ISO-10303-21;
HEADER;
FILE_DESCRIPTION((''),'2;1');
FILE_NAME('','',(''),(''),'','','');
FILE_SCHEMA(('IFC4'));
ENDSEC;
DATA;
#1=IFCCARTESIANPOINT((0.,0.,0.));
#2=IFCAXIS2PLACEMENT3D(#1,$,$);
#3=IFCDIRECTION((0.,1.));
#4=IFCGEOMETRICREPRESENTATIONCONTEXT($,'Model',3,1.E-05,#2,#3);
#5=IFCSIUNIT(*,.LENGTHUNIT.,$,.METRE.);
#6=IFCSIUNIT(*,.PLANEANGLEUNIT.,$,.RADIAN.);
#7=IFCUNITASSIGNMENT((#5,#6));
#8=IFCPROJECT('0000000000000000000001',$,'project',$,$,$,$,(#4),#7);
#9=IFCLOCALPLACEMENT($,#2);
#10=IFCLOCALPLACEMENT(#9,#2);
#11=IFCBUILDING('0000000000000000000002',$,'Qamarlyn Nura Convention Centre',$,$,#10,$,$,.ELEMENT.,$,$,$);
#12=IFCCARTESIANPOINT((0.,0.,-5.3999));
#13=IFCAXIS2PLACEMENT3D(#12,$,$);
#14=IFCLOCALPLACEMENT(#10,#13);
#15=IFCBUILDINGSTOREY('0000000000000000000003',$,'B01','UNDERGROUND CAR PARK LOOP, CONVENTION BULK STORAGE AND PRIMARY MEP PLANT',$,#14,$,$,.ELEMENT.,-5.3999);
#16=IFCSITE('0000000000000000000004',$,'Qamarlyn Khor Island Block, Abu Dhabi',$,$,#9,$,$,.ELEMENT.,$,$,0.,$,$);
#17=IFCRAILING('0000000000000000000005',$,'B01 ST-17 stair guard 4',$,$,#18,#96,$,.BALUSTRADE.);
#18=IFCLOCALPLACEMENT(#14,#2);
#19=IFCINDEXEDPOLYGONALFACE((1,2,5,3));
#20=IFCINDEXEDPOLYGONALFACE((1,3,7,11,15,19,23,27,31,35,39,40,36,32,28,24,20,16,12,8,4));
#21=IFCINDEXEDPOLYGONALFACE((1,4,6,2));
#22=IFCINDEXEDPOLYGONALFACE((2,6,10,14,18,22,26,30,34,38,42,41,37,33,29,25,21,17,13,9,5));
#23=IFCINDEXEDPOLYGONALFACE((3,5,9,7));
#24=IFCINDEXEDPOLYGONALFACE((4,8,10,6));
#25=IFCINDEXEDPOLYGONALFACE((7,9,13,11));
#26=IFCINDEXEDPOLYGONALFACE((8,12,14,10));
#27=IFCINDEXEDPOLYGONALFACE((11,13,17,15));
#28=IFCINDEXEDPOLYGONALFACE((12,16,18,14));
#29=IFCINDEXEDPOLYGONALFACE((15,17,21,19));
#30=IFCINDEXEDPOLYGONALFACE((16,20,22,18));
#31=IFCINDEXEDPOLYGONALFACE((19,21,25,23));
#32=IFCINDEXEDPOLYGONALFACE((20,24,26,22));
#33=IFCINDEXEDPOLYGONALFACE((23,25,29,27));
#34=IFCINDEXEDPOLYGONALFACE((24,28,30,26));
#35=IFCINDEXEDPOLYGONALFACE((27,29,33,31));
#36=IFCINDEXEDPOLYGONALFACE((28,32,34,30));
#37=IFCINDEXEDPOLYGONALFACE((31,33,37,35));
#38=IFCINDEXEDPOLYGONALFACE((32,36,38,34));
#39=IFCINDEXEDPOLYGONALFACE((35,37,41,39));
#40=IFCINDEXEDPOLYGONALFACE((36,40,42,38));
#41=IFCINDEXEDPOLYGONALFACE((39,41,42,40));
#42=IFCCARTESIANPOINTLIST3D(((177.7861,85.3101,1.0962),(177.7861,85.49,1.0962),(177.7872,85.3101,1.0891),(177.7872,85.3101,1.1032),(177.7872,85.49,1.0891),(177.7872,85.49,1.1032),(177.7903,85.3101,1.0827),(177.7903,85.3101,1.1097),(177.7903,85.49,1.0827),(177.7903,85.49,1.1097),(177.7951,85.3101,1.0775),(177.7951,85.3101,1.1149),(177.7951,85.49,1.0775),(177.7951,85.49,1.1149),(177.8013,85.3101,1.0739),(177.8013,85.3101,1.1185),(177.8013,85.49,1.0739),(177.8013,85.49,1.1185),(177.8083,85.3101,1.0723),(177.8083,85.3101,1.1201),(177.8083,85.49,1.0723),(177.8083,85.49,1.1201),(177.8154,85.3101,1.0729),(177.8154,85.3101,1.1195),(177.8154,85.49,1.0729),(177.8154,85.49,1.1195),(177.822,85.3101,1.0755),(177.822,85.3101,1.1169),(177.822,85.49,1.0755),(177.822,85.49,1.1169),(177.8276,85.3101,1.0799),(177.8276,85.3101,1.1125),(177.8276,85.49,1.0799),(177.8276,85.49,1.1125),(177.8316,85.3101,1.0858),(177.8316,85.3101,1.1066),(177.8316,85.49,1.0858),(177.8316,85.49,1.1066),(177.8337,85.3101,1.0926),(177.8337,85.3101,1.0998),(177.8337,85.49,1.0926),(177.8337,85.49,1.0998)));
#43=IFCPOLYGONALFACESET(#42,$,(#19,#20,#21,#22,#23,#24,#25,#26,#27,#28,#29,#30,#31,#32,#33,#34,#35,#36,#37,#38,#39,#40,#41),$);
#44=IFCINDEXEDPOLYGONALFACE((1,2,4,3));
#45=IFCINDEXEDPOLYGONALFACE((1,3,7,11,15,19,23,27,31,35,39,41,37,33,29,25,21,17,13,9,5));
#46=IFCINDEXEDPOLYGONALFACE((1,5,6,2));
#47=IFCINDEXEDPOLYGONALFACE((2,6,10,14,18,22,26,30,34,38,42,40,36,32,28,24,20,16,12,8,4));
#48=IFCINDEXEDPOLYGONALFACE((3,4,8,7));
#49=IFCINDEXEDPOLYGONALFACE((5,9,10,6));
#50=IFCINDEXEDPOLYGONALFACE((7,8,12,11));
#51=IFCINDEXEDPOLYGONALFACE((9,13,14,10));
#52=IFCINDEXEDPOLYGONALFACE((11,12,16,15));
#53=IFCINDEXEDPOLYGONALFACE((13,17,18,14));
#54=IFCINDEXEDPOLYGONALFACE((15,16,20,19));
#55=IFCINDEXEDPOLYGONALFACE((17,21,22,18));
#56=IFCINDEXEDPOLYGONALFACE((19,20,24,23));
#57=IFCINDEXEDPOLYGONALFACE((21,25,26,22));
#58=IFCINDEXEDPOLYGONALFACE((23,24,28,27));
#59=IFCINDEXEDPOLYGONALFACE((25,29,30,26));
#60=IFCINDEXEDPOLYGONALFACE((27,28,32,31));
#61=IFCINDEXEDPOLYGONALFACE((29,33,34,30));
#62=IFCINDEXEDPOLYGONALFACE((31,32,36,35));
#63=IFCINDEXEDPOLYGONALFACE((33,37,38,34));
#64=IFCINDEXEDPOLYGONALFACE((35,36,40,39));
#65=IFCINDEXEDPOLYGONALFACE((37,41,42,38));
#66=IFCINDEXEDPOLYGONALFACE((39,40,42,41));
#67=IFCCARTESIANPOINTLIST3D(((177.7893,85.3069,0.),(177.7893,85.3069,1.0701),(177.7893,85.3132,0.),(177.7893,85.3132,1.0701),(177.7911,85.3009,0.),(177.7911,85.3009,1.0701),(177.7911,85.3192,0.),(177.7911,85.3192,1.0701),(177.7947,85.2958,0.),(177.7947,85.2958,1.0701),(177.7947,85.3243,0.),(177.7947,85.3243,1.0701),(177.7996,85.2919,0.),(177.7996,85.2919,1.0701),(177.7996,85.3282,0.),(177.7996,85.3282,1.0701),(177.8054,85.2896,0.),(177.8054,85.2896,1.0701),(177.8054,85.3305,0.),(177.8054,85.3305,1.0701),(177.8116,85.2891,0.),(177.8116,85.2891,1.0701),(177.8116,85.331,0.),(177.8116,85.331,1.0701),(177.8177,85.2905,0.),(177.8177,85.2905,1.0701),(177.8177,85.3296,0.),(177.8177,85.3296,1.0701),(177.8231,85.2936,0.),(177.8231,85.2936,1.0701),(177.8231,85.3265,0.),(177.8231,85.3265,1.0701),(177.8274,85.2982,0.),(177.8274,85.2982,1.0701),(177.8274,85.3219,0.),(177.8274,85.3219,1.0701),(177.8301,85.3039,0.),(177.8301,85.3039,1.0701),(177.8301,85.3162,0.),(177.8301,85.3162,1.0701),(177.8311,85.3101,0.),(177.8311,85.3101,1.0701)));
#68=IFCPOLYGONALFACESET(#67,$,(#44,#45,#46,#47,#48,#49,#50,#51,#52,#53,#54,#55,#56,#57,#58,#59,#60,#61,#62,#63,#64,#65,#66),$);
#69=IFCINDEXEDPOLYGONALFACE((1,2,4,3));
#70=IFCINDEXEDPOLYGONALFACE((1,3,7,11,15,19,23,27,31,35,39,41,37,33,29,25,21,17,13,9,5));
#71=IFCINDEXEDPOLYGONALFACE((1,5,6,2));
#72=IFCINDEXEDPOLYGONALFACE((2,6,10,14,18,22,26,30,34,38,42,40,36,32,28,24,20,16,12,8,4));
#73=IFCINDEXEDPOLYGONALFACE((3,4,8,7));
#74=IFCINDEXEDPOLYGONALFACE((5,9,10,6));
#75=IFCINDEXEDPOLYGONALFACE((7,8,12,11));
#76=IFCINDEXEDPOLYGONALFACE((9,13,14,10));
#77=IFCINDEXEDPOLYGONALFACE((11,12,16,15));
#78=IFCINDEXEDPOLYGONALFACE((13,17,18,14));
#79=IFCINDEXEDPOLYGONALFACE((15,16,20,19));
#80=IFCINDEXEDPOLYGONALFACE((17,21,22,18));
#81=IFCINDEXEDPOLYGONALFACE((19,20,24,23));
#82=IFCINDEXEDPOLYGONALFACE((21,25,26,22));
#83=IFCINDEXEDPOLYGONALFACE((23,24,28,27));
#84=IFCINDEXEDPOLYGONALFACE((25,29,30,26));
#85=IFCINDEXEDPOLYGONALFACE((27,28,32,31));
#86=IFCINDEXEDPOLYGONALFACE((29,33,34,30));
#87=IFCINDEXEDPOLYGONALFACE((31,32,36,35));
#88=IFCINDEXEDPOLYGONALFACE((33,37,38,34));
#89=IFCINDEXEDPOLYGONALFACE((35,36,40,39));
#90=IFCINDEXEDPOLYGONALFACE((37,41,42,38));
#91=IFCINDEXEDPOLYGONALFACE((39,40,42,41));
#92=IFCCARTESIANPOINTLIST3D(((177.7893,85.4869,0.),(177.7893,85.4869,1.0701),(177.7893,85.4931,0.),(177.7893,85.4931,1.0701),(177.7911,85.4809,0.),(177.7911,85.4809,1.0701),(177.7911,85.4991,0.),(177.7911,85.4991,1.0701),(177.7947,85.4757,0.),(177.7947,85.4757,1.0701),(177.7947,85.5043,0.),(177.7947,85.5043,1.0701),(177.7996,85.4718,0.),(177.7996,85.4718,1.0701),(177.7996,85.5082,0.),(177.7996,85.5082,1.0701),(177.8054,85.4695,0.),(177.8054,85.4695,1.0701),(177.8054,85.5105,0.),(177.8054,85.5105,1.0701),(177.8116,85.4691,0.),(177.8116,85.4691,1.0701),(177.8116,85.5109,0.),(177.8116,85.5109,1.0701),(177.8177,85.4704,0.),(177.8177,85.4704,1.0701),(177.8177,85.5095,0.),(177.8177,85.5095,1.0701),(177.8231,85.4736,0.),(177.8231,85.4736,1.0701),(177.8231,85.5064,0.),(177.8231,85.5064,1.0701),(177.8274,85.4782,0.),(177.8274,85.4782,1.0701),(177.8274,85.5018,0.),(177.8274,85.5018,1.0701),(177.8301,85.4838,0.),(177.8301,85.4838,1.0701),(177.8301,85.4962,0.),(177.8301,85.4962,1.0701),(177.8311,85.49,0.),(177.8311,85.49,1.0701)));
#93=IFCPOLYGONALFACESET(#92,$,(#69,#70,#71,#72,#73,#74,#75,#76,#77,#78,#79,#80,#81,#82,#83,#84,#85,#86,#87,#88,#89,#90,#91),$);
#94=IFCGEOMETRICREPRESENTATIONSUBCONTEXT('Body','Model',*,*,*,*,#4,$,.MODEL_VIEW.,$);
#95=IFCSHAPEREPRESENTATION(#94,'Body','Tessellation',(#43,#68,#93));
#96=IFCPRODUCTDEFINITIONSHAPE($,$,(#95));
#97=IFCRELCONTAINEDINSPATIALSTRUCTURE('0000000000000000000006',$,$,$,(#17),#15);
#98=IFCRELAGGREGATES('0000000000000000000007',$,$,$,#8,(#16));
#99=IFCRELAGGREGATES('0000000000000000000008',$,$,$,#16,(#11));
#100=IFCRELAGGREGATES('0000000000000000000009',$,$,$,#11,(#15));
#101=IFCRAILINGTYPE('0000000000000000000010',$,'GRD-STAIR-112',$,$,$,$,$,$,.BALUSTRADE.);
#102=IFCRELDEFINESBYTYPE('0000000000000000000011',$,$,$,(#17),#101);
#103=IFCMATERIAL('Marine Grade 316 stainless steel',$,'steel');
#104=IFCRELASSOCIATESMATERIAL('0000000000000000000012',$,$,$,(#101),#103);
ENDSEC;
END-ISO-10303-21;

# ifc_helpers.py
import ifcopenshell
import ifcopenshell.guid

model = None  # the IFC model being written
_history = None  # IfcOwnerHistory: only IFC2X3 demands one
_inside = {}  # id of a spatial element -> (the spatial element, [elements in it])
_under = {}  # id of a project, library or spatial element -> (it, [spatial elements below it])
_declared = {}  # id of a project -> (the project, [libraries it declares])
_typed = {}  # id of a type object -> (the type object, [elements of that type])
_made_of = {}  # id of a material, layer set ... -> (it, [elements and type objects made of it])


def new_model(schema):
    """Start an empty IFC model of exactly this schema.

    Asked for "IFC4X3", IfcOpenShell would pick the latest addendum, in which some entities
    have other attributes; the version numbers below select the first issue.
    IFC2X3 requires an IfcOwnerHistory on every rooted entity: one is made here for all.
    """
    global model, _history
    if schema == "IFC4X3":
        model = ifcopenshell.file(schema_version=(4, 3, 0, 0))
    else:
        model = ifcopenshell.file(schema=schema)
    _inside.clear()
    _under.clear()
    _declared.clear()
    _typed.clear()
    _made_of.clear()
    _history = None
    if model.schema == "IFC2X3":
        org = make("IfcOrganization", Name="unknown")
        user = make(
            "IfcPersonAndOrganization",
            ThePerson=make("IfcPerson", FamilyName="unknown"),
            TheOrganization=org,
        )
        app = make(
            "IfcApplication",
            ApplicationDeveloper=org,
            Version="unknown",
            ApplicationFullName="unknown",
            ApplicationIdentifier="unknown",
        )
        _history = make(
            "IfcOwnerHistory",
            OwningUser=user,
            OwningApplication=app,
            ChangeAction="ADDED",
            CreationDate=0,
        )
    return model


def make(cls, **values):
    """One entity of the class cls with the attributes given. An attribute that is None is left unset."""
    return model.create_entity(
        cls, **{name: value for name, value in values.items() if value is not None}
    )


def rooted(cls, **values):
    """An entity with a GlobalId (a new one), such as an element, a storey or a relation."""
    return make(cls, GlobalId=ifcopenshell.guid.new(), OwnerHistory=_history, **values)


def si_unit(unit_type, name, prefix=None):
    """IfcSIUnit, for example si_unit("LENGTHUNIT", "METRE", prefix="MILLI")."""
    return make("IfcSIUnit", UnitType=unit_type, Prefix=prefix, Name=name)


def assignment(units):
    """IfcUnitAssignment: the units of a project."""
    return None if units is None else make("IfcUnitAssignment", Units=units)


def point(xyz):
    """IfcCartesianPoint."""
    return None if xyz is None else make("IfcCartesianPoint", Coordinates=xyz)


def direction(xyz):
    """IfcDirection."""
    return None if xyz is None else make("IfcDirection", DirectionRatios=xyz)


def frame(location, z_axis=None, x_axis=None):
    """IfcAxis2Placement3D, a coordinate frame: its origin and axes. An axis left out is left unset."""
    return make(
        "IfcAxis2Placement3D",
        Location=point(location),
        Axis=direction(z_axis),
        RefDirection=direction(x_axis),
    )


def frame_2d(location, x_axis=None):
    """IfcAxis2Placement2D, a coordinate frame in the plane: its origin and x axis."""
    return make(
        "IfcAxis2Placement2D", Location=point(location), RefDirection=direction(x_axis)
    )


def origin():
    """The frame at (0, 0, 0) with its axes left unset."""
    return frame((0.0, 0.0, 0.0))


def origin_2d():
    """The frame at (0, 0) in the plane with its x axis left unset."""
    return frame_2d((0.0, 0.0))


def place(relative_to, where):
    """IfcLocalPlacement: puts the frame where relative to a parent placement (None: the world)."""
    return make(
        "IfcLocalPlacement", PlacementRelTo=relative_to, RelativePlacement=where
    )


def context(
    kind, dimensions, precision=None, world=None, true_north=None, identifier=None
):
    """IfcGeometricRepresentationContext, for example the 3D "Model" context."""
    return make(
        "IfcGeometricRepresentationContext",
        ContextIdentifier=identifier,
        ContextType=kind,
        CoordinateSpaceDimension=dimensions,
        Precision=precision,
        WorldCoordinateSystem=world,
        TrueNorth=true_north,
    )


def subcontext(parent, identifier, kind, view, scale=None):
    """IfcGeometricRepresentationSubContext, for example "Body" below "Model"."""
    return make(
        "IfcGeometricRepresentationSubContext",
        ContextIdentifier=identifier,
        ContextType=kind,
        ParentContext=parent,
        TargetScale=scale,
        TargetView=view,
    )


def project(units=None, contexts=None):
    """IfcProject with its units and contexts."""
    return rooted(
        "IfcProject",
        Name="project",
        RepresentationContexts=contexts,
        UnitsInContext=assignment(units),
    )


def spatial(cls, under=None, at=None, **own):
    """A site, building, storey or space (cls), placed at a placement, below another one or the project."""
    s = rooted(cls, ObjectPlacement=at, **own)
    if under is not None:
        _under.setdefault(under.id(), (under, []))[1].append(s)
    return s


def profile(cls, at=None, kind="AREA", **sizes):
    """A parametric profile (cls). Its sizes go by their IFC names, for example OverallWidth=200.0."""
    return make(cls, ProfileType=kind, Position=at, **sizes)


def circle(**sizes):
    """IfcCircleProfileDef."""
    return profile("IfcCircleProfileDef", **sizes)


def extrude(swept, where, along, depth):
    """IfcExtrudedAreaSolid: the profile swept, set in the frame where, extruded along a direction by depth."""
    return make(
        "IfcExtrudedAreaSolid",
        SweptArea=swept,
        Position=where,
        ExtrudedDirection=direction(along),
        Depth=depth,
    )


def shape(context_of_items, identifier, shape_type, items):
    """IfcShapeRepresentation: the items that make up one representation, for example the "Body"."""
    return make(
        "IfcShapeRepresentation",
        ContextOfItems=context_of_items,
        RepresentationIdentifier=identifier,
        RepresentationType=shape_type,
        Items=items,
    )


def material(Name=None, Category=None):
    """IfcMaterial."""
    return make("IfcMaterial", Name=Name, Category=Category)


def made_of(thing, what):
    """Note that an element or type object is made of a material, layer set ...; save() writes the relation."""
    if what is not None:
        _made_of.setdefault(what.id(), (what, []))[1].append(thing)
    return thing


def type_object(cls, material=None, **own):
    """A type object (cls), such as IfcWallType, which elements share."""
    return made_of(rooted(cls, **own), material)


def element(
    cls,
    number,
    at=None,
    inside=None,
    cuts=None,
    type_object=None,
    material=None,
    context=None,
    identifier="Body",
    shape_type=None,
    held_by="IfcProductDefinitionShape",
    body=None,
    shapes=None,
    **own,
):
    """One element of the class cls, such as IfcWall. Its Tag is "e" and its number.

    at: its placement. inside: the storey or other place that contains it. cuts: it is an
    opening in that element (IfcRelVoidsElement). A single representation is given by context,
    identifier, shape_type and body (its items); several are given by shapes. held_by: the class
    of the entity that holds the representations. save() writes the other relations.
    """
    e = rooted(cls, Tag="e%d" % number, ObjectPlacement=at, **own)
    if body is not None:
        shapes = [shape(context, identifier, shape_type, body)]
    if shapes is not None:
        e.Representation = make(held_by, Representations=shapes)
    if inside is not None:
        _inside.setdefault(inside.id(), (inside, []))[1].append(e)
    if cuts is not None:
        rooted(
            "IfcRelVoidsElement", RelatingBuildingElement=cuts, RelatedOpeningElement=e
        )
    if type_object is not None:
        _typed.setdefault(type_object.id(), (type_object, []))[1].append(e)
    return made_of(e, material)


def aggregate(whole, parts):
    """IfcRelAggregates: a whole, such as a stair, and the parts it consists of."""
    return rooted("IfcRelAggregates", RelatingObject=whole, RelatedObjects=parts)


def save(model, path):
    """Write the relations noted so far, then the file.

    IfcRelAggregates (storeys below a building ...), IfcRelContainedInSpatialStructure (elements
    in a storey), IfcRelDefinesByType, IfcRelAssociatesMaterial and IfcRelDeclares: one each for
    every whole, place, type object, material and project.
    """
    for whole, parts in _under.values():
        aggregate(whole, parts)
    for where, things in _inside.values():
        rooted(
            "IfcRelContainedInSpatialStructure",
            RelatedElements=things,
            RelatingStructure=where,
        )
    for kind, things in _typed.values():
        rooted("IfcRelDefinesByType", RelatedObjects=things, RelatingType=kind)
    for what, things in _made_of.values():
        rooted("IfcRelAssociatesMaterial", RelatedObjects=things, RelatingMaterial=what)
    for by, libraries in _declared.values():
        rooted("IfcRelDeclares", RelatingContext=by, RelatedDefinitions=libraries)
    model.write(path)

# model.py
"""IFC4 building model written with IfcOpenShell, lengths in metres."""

from ifc_helpers import new_model, si_unit, direction, frame, origin, origin_2d, place, context, subcontext, project, spatial, circle, extrude, material, type_object, element, save


model = new_model("IFC4")

# Units and contexts
model_context = context("Model", 3, precision=1e-05, world=origin(), true_north=direction((0.0, 1.0)))
body_context = subcontext(model_context, "Body", "Model", "MODEL_VIEW")
ifc_project = project(units=[si_unit("LENGTHUNIT", "METRE"), si_unit("PLANEANGLEUNIT", "RADIAN")], contexts=[model_context])

# Site, building, storey
site_placement = place(None, origin())
site = spatial("IfcSite", under=ifc_project, at=site_placement, Name="Qamarlyn Khor Island Block, Abu Dhabi", CompositionType="ELEMENT", RefElevation=0.0)
building_placement = place(site_placement, origin())
building = spatial("IfcBuilding", under=site, at=building_placement, Name="Qamarlyn Nura Convention Centre", CompositionType="ELEMENT")
storey_placement = place(building_placement, frame((0.0, 0.0, -5.3999)))
storey = spatial("IfcBuildingStorey", under=building, at=storey_placement, Name="B01", Description="UNDERGROUND CAR PARK LOOP, CONVENTION BULK STORAGE AND PRIMARY MEP PLANT", CompositionType="ELEMENT", Elevation=-5.3999)

# Railing
ifc_material_1 = material(Name="Marine Grade 316 stainless steel", Category="steel")
railing_type_1 = type_object("IfcRailingType", Name="GRD-STAIR-112", PredefinedType="BALUSTRADE", material=ifc_material_1)
railing_1_placement = place(storey_placement, frame((177.8101, 85.3101, 0.0)))
element("IfcRailing", 1, at=railing_1_placement, inside=storey, type_object=railing_type_1, Name="B01 ST-17 stair guard 4", PredefinedType="BALUSTRADE", context=body_context, shape_type="SweptSolid", body=[
    extrude(circle(Radius=0.0239, at=origin_2d()), frame((0.0, 0.0, 1.0962), z_axis=(0.0, 1.0, 0.0), x_axis=(-1.0, 0.0, 0.0)), (0.0, 0.0, 1.0), 0.1799),
    extrude(circle(Radius=0.021, at=origin_2d()), origin(), (0.0, 0.0, 1.0), 1.0701),
    extrude(circle(Radius=0.021, at=origin_2d()), frame((0.0, 0.1799, 0.0)), (0.0, 0.0, 1.0), 1.0701),
])

save(model, "model.ifc")
